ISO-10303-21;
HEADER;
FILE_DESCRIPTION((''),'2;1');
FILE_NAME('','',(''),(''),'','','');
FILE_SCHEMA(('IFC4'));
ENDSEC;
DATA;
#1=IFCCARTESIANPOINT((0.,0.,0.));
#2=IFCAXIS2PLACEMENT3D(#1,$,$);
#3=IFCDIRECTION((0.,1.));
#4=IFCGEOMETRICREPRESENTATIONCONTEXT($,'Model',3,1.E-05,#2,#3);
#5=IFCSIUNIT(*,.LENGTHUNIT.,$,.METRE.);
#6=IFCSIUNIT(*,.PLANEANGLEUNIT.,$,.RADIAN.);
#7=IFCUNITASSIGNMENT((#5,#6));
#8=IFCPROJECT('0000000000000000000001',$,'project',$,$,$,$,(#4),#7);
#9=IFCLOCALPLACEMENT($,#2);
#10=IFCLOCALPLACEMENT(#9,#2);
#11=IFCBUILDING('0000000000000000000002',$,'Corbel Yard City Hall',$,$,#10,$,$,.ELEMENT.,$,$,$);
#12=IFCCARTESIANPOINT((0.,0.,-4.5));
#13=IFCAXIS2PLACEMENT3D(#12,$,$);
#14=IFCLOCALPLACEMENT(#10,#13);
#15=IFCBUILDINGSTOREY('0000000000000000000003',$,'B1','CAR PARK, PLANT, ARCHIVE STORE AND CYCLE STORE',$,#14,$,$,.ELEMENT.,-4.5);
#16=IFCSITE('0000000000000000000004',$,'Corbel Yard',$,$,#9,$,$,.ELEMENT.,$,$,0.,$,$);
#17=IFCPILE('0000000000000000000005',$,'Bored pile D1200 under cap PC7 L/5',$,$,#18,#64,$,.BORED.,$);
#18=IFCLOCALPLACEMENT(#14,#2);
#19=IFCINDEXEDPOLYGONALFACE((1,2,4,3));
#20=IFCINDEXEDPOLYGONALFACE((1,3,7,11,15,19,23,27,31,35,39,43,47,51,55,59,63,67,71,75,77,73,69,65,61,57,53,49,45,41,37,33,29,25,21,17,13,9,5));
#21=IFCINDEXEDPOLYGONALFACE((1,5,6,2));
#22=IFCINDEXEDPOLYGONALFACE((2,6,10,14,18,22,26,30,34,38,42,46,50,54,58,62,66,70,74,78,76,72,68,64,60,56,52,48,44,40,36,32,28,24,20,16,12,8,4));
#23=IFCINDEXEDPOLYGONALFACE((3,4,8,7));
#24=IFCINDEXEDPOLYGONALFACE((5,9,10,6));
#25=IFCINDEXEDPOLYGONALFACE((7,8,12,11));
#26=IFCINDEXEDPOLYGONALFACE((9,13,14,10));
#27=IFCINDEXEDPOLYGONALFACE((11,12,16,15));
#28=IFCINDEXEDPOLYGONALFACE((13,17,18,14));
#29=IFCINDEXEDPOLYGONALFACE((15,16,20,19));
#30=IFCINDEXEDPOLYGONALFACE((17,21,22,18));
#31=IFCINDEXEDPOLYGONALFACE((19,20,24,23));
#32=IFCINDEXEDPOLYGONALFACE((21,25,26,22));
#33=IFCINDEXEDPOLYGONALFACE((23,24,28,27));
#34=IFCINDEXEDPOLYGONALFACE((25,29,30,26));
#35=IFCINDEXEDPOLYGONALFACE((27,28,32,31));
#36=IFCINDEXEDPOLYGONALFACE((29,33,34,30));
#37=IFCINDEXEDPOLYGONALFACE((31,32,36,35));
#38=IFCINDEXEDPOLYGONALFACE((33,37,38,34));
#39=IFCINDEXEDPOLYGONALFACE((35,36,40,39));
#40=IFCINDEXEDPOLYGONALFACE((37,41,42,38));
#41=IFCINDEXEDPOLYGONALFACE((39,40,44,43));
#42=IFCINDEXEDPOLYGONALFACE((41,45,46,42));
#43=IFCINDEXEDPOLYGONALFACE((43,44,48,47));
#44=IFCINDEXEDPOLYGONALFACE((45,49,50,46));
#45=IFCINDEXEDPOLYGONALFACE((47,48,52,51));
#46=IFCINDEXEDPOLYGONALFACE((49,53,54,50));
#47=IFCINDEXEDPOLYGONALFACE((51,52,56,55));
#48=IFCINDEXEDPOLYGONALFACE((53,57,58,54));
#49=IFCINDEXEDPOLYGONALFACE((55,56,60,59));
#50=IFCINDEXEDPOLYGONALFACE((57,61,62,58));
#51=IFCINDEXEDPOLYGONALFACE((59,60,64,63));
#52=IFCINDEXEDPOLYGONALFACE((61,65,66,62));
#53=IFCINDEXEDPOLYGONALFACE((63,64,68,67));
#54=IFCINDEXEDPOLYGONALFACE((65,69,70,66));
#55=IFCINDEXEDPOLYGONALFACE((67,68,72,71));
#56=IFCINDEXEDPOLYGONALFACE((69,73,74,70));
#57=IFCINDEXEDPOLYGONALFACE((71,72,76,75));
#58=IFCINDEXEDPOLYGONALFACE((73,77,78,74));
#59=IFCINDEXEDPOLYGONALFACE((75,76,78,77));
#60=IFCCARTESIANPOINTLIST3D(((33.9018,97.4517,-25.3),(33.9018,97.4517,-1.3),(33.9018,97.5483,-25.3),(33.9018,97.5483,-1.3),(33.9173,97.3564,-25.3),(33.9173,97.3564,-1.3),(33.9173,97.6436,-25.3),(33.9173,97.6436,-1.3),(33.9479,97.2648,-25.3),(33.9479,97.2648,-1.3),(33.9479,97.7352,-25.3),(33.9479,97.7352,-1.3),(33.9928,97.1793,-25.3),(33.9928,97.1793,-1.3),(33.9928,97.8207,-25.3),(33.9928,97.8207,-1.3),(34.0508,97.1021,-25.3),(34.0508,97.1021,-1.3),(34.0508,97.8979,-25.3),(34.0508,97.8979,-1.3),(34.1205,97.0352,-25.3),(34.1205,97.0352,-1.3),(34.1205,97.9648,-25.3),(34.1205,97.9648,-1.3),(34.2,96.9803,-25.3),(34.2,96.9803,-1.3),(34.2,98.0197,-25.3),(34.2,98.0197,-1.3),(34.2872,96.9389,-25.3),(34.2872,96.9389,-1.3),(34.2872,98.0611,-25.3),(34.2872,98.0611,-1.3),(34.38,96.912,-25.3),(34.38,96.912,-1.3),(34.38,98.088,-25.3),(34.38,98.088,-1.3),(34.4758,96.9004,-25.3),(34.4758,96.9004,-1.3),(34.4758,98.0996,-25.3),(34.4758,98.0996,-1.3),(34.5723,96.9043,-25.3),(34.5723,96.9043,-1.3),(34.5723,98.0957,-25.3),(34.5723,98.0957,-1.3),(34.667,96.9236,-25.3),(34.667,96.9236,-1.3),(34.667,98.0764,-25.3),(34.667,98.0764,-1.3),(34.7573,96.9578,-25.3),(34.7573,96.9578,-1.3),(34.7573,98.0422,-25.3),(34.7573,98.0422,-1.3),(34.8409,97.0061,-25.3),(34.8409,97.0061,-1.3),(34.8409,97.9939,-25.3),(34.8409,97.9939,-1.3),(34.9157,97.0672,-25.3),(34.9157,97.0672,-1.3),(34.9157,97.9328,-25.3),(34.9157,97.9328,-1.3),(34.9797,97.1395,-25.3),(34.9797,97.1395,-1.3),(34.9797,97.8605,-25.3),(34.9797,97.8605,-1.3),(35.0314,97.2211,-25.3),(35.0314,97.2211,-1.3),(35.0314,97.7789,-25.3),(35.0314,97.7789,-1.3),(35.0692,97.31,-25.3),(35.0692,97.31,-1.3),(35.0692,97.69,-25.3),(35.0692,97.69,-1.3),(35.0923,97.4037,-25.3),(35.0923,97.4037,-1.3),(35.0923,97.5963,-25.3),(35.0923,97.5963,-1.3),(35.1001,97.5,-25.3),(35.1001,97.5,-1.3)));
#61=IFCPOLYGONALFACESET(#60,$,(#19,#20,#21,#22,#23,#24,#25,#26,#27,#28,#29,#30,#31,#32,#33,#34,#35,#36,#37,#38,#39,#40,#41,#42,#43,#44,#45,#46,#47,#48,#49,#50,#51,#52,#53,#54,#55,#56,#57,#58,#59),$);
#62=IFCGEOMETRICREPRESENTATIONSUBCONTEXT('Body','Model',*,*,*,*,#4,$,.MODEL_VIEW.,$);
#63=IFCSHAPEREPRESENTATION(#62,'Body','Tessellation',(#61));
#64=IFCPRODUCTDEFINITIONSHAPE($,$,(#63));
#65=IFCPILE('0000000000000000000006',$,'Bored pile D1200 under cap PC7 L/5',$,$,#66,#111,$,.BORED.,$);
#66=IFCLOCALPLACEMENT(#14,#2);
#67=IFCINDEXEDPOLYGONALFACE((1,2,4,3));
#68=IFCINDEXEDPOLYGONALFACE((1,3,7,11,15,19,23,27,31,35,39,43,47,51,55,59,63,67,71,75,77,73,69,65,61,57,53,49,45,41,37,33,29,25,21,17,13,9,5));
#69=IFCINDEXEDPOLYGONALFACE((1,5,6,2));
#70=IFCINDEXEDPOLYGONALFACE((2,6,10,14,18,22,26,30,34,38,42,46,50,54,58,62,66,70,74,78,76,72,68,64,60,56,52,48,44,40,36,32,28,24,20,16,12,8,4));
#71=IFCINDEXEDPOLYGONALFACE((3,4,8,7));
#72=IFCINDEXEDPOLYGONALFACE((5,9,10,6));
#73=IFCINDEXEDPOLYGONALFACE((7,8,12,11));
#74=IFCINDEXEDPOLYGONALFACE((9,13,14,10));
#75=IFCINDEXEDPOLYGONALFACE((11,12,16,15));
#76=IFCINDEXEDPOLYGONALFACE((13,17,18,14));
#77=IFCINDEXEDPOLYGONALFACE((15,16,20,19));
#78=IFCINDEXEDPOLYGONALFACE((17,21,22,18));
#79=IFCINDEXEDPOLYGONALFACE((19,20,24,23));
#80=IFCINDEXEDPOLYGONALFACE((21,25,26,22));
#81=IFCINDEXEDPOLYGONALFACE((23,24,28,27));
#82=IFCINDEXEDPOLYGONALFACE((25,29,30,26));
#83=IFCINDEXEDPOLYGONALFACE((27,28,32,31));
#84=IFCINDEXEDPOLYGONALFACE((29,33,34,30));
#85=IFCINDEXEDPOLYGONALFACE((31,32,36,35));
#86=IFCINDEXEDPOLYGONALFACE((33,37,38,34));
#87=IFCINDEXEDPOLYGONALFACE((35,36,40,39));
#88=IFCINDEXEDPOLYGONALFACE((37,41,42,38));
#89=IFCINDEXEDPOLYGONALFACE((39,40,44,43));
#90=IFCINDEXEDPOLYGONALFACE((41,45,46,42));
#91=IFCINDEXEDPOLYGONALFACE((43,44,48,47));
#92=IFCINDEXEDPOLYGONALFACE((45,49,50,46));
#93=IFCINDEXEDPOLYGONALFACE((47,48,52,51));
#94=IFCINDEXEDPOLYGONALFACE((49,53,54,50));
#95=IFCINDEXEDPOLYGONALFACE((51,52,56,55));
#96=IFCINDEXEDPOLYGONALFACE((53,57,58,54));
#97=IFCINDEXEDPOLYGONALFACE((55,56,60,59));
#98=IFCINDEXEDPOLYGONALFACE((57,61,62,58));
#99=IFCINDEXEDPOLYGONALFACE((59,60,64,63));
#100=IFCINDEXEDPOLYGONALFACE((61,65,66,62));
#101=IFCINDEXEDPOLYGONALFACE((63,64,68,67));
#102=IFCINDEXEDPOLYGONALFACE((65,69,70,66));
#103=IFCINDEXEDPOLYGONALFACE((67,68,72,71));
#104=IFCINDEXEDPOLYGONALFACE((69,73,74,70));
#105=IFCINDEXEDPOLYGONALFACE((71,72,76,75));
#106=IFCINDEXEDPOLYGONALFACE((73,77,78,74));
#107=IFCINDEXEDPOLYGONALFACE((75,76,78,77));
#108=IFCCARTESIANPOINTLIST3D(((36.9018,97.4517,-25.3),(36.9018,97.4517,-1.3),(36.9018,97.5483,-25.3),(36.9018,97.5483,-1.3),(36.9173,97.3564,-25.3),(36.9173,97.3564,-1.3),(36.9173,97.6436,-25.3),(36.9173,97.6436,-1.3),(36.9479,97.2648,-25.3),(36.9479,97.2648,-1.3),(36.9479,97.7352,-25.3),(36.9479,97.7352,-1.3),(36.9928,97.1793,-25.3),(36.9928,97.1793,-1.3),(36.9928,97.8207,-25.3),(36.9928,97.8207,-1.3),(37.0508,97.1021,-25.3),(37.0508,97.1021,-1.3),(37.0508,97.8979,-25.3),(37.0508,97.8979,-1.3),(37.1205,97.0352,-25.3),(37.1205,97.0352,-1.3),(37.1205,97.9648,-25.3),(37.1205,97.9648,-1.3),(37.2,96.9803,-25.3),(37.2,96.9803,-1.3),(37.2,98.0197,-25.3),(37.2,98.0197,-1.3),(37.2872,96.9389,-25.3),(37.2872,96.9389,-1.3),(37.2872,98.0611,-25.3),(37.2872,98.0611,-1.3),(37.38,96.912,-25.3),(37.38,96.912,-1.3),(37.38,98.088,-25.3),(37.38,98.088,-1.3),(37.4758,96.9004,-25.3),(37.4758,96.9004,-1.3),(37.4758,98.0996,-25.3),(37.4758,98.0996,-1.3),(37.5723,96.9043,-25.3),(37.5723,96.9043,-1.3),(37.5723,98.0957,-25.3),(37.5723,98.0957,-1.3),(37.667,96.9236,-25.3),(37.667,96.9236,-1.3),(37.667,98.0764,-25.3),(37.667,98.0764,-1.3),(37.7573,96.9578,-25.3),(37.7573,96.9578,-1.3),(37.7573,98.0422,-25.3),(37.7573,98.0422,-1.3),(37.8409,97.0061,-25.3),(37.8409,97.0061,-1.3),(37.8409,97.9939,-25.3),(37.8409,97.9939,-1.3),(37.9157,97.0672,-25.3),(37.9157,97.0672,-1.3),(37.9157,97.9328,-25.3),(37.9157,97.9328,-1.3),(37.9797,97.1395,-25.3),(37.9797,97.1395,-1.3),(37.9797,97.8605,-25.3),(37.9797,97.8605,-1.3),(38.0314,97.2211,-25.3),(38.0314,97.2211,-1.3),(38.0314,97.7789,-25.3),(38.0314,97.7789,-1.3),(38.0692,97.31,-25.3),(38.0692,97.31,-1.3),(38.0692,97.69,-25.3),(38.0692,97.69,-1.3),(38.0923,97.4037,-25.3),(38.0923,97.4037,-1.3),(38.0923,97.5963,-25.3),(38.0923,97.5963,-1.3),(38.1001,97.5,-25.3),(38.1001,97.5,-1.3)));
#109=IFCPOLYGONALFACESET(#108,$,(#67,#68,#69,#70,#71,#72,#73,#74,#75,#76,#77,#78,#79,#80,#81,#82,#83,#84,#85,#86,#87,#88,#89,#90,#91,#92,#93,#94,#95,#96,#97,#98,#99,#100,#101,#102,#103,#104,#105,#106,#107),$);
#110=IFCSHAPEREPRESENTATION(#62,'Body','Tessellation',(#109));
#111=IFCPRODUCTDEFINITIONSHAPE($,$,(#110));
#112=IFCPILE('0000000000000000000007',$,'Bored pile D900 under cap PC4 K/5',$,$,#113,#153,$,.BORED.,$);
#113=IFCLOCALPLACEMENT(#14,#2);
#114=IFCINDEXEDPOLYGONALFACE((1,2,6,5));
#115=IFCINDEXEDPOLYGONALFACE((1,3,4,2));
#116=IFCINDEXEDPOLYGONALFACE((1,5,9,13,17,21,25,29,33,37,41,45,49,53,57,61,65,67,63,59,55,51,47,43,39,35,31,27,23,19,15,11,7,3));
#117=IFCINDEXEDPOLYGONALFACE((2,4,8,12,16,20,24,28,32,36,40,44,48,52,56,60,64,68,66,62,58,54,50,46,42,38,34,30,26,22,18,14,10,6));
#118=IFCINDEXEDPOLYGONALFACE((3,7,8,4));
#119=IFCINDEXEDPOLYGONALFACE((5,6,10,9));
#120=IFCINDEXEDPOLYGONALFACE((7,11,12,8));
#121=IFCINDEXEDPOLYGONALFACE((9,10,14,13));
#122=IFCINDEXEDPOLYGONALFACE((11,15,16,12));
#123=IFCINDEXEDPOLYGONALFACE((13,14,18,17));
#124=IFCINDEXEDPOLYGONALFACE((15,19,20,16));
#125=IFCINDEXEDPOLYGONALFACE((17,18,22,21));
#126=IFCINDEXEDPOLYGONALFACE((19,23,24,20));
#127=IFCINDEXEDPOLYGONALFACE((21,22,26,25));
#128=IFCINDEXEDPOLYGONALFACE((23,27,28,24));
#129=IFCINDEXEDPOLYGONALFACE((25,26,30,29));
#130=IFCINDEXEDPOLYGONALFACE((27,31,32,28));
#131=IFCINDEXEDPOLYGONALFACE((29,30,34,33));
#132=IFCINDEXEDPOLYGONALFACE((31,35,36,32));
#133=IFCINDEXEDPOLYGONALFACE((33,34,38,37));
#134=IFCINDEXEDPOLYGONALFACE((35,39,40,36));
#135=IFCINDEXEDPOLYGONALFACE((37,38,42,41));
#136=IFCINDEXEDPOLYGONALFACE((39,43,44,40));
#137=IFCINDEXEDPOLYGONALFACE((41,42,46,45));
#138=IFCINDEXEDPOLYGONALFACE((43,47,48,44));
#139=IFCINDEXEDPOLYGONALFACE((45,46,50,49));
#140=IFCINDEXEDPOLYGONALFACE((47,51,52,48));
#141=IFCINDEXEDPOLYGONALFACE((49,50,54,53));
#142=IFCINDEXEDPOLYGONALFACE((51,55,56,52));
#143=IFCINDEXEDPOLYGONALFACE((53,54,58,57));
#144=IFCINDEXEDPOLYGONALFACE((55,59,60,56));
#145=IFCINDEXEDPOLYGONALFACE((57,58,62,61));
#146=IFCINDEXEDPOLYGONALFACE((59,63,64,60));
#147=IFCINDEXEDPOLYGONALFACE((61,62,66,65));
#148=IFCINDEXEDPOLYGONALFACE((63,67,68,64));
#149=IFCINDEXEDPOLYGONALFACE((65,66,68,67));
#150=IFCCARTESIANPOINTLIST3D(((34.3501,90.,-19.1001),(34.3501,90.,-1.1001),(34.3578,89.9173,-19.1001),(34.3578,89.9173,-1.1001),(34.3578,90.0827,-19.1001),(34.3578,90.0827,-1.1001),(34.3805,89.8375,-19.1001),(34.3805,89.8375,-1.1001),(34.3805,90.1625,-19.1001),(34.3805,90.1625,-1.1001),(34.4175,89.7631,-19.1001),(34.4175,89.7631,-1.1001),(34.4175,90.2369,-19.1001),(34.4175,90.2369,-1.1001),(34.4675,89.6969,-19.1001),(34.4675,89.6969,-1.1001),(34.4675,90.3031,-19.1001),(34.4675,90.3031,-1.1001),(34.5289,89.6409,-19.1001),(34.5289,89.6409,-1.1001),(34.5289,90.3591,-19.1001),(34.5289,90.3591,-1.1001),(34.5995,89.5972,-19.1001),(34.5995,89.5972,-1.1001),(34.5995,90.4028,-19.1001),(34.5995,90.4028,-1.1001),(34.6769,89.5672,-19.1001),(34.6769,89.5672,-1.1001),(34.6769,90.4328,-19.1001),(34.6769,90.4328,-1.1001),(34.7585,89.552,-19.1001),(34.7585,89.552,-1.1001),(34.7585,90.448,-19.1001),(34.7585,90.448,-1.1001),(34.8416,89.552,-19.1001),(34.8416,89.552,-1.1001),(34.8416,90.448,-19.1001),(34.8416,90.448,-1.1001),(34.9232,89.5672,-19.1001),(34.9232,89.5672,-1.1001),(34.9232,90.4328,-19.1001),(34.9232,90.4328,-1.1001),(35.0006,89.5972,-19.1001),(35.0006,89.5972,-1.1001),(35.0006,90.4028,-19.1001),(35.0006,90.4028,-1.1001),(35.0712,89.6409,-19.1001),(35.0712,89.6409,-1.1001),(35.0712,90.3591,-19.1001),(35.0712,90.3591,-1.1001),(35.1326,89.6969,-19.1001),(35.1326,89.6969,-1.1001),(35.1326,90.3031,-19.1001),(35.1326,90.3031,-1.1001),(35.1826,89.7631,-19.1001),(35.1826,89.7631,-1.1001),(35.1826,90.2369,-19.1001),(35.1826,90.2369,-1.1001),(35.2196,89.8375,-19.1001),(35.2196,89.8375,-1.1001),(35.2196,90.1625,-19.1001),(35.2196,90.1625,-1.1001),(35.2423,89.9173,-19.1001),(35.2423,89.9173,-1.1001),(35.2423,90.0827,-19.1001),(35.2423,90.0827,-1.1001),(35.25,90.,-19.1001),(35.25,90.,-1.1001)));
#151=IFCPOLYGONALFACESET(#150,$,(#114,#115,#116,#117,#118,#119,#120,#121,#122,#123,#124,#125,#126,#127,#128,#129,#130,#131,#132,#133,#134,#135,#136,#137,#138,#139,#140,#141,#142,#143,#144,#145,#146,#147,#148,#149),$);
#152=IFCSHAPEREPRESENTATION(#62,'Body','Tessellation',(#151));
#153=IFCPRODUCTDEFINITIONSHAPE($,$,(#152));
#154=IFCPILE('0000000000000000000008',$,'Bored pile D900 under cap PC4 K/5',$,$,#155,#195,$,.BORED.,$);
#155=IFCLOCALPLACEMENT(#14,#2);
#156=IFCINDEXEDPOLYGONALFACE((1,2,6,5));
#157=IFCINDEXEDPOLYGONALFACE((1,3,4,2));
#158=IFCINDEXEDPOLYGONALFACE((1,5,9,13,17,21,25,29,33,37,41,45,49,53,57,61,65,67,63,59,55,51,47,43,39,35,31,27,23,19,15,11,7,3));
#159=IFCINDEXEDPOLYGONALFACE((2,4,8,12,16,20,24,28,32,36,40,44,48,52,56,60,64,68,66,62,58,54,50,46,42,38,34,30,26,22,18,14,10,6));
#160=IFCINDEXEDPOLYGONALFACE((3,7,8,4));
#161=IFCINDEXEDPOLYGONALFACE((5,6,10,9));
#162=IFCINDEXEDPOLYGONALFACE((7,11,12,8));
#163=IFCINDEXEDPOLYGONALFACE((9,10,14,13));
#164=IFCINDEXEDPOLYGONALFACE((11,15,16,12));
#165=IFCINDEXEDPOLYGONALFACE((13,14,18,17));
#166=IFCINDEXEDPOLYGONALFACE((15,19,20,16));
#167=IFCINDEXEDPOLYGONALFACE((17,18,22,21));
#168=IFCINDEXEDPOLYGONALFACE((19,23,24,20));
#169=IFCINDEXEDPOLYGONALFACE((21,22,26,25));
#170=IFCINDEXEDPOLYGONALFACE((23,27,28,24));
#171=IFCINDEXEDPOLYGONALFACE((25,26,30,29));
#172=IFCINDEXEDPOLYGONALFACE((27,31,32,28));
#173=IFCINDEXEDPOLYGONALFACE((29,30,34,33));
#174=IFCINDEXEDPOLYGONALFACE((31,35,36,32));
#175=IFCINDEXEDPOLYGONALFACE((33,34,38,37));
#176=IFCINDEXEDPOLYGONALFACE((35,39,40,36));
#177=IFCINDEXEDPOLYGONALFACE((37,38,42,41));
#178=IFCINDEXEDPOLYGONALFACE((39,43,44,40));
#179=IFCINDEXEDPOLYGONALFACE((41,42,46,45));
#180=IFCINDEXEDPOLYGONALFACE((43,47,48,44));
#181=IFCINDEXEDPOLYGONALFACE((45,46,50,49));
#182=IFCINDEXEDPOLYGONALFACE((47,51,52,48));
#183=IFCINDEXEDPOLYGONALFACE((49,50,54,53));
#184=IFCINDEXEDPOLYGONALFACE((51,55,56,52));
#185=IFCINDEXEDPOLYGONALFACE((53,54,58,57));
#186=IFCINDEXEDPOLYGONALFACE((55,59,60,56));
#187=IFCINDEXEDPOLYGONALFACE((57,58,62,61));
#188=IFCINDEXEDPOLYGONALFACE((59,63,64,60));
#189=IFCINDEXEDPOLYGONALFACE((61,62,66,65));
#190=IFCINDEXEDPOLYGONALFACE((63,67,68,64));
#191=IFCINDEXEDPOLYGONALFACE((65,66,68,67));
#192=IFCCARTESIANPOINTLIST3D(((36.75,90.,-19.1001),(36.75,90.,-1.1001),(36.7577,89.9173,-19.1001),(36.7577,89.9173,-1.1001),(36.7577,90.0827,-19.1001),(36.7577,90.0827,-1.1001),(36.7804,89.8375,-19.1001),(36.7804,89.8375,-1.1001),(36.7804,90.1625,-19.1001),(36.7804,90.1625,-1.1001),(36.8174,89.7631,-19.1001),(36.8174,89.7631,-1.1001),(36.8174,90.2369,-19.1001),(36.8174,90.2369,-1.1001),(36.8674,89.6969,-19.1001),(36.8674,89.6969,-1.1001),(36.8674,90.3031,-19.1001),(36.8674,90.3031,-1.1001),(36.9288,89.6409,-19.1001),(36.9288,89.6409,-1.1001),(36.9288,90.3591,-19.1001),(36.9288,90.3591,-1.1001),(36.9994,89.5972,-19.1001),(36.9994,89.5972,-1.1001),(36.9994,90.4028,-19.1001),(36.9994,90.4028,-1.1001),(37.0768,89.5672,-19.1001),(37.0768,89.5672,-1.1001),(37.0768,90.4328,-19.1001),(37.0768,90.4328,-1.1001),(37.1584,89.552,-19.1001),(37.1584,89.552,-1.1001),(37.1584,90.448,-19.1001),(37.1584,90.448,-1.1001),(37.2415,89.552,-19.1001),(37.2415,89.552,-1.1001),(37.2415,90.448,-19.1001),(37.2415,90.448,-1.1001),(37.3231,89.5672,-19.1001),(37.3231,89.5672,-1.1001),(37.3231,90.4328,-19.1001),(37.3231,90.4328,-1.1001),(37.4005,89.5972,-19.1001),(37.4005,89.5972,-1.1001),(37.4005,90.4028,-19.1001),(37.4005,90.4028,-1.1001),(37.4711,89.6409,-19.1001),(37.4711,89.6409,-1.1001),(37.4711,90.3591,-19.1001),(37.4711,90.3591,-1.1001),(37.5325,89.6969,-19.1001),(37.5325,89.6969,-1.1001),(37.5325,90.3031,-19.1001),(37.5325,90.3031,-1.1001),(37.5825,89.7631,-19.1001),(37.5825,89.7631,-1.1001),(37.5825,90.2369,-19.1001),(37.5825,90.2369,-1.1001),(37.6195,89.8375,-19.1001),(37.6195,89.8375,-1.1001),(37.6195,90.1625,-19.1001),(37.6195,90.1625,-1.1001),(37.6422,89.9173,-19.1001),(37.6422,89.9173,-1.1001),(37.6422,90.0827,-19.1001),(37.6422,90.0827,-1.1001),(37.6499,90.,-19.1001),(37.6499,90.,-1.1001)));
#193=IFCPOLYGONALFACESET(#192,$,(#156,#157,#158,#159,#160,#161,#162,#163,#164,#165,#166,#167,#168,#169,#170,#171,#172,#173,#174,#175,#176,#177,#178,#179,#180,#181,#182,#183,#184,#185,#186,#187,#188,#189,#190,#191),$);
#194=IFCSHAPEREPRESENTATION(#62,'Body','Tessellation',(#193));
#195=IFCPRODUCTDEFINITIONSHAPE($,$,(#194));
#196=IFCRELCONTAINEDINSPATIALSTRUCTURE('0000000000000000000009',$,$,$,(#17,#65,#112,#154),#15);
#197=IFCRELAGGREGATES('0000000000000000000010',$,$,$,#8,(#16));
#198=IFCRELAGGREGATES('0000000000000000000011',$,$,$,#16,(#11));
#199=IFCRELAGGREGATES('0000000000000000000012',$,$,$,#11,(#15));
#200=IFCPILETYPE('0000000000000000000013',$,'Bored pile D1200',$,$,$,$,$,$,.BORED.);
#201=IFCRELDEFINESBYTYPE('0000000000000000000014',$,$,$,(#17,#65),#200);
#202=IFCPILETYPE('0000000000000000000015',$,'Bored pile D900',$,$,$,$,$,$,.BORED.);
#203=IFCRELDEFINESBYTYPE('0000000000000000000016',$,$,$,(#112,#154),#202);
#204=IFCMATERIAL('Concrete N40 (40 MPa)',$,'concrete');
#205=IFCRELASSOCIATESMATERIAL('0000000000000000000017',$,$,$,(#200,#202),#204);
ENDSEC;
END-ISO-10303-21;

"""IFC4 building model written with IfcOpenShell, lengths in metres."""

from ifc_helpers import new_model, si_unit, direction, frame, origin, origin_2d, place, context, subcontext, project, spatial, circle, extrude, material, material_profile, profile_set, type_object, element, save


model = new_model("IFC4")

# Units and contexts
model_context = context("Model", 3, precision=1e-05, world=origin(), true_north=direction((0.0, 1.0)))
body_context = subcontext(model_context, "Body", "Model", "MODEL_VIEW")
ifc_project = project(units=[si_unit("LENGTHUNIT", "METRE"), si_unit("PLANEANGLEUNIT", "RADIAN")], contexts=[model_context])

# Site, building, storey
site_placement = place(None, origin())
site = spatial("IfcSite", under=ifc_project, at=site_placement, Name="Corbel Yard", CompositionType="ELEMENT", RefElevation=0.0)
building_placement = place(site_placement, origin())
building = spatial("IfcBuilding", under=site, at=building_placement, Name="Corbel Yard City Hall", CompositionType="ELEMENT")
storey_placement = place(building_placement, frame((0.0, 0.0, -4.5)))
storey = spatial("IfcBuildingStorey", under=building, at=storey_placement, Name="B1", Description="CAR PARK, PLANT, ARCHIVE STORE AND CYCLE STORE", CompositionType="ELEMENT", Elevation=-4.5)

# Piles
ifc_material_1 = material(Name="Concrete N40 (40 MPa)", Category="concrete")
ifc_material_profile_1 = material_profile(ifc_material_1, circle(Radius=0.6001, at=origin_2d()), Name="D1200")
ifc_profile_set_1 = profile_set([ifc_material_profile_1], Name="Concrete N40 (40 MPa)")
pile_type_1 = type_object("IfcPileType", Name="Bored pile D1200", PredefinedType="BORED", material=ifc_profile_set_1)
for number, where, z_axis, x_axis, name in (
    (1, (34.5, 97.5, -1.3), (0.0, 0.0, -1.0), (1.0, 0.0, 0.0), "Bored pile D1200 under cap PC7 L/5"),
    (2, (37.5, 97.5, -1.3), (0.0, 0.0, -1.0), (1.0, 0.0, 0.0), "Bored pile D1200 under cap PC7 L/5"),
):
    element("IfcPile", number, at=place(storey_placement, frame(where, z_axis=z_axis, x_axis=x_axis)), inside=storey, type_object=pile_type_1, Name=name, PredefinedType="BORED", context=body_context, shape_type="SweptSolid", body=[
        extrude(circle(Radius=0.6001, at=origin_2d()), origin(), (0.0, 0.0, 1.0), 24.0),
    ])
ifc_material_profile_2 = material_profile(ifc_material_1, circle(Radius=0.45, at=origin_2d()), Name="D900")
ifc_profile_set_2 = profile_set([ifc_material_profile_2], Name="Concrete N40 (40 MPa)")
pile_type_2 = type_object("IfcPileType", Name="Bored pile D900", PredefinedType="BORED", material=ifc_profile_set_2)
for number, where, z_axis, x_axis, name in (
    (3, (34.8, 90.0, -1.1001), (0.0, 0.0, -1.0), (1.0, 0.0, 0.0), "Bored pile D900 under cap PC4 K/5"),
    (4, (37.2, 90.0, -1.1001), (0.0, 0.0, -1.0), (1.0, 0.0, 0.0), "Bored pile D900 under cap PC4 K/5"),
):
    element("IfcPile", number, at=place(storey_placement, frame(where, z_axis=z_axis, x_axis=x_axis)), inside=storey, type_object=pile_type_2, Name=name, PredefinedType="BORED", context=body_context, shape_type="SweptSolid", body=[
        extrude(circle(Radius=0.45, at=origin_2d()), origin(), (0.0, 0.0, 1.0), 18.0),
    ])

save(model, "model.ifc")
